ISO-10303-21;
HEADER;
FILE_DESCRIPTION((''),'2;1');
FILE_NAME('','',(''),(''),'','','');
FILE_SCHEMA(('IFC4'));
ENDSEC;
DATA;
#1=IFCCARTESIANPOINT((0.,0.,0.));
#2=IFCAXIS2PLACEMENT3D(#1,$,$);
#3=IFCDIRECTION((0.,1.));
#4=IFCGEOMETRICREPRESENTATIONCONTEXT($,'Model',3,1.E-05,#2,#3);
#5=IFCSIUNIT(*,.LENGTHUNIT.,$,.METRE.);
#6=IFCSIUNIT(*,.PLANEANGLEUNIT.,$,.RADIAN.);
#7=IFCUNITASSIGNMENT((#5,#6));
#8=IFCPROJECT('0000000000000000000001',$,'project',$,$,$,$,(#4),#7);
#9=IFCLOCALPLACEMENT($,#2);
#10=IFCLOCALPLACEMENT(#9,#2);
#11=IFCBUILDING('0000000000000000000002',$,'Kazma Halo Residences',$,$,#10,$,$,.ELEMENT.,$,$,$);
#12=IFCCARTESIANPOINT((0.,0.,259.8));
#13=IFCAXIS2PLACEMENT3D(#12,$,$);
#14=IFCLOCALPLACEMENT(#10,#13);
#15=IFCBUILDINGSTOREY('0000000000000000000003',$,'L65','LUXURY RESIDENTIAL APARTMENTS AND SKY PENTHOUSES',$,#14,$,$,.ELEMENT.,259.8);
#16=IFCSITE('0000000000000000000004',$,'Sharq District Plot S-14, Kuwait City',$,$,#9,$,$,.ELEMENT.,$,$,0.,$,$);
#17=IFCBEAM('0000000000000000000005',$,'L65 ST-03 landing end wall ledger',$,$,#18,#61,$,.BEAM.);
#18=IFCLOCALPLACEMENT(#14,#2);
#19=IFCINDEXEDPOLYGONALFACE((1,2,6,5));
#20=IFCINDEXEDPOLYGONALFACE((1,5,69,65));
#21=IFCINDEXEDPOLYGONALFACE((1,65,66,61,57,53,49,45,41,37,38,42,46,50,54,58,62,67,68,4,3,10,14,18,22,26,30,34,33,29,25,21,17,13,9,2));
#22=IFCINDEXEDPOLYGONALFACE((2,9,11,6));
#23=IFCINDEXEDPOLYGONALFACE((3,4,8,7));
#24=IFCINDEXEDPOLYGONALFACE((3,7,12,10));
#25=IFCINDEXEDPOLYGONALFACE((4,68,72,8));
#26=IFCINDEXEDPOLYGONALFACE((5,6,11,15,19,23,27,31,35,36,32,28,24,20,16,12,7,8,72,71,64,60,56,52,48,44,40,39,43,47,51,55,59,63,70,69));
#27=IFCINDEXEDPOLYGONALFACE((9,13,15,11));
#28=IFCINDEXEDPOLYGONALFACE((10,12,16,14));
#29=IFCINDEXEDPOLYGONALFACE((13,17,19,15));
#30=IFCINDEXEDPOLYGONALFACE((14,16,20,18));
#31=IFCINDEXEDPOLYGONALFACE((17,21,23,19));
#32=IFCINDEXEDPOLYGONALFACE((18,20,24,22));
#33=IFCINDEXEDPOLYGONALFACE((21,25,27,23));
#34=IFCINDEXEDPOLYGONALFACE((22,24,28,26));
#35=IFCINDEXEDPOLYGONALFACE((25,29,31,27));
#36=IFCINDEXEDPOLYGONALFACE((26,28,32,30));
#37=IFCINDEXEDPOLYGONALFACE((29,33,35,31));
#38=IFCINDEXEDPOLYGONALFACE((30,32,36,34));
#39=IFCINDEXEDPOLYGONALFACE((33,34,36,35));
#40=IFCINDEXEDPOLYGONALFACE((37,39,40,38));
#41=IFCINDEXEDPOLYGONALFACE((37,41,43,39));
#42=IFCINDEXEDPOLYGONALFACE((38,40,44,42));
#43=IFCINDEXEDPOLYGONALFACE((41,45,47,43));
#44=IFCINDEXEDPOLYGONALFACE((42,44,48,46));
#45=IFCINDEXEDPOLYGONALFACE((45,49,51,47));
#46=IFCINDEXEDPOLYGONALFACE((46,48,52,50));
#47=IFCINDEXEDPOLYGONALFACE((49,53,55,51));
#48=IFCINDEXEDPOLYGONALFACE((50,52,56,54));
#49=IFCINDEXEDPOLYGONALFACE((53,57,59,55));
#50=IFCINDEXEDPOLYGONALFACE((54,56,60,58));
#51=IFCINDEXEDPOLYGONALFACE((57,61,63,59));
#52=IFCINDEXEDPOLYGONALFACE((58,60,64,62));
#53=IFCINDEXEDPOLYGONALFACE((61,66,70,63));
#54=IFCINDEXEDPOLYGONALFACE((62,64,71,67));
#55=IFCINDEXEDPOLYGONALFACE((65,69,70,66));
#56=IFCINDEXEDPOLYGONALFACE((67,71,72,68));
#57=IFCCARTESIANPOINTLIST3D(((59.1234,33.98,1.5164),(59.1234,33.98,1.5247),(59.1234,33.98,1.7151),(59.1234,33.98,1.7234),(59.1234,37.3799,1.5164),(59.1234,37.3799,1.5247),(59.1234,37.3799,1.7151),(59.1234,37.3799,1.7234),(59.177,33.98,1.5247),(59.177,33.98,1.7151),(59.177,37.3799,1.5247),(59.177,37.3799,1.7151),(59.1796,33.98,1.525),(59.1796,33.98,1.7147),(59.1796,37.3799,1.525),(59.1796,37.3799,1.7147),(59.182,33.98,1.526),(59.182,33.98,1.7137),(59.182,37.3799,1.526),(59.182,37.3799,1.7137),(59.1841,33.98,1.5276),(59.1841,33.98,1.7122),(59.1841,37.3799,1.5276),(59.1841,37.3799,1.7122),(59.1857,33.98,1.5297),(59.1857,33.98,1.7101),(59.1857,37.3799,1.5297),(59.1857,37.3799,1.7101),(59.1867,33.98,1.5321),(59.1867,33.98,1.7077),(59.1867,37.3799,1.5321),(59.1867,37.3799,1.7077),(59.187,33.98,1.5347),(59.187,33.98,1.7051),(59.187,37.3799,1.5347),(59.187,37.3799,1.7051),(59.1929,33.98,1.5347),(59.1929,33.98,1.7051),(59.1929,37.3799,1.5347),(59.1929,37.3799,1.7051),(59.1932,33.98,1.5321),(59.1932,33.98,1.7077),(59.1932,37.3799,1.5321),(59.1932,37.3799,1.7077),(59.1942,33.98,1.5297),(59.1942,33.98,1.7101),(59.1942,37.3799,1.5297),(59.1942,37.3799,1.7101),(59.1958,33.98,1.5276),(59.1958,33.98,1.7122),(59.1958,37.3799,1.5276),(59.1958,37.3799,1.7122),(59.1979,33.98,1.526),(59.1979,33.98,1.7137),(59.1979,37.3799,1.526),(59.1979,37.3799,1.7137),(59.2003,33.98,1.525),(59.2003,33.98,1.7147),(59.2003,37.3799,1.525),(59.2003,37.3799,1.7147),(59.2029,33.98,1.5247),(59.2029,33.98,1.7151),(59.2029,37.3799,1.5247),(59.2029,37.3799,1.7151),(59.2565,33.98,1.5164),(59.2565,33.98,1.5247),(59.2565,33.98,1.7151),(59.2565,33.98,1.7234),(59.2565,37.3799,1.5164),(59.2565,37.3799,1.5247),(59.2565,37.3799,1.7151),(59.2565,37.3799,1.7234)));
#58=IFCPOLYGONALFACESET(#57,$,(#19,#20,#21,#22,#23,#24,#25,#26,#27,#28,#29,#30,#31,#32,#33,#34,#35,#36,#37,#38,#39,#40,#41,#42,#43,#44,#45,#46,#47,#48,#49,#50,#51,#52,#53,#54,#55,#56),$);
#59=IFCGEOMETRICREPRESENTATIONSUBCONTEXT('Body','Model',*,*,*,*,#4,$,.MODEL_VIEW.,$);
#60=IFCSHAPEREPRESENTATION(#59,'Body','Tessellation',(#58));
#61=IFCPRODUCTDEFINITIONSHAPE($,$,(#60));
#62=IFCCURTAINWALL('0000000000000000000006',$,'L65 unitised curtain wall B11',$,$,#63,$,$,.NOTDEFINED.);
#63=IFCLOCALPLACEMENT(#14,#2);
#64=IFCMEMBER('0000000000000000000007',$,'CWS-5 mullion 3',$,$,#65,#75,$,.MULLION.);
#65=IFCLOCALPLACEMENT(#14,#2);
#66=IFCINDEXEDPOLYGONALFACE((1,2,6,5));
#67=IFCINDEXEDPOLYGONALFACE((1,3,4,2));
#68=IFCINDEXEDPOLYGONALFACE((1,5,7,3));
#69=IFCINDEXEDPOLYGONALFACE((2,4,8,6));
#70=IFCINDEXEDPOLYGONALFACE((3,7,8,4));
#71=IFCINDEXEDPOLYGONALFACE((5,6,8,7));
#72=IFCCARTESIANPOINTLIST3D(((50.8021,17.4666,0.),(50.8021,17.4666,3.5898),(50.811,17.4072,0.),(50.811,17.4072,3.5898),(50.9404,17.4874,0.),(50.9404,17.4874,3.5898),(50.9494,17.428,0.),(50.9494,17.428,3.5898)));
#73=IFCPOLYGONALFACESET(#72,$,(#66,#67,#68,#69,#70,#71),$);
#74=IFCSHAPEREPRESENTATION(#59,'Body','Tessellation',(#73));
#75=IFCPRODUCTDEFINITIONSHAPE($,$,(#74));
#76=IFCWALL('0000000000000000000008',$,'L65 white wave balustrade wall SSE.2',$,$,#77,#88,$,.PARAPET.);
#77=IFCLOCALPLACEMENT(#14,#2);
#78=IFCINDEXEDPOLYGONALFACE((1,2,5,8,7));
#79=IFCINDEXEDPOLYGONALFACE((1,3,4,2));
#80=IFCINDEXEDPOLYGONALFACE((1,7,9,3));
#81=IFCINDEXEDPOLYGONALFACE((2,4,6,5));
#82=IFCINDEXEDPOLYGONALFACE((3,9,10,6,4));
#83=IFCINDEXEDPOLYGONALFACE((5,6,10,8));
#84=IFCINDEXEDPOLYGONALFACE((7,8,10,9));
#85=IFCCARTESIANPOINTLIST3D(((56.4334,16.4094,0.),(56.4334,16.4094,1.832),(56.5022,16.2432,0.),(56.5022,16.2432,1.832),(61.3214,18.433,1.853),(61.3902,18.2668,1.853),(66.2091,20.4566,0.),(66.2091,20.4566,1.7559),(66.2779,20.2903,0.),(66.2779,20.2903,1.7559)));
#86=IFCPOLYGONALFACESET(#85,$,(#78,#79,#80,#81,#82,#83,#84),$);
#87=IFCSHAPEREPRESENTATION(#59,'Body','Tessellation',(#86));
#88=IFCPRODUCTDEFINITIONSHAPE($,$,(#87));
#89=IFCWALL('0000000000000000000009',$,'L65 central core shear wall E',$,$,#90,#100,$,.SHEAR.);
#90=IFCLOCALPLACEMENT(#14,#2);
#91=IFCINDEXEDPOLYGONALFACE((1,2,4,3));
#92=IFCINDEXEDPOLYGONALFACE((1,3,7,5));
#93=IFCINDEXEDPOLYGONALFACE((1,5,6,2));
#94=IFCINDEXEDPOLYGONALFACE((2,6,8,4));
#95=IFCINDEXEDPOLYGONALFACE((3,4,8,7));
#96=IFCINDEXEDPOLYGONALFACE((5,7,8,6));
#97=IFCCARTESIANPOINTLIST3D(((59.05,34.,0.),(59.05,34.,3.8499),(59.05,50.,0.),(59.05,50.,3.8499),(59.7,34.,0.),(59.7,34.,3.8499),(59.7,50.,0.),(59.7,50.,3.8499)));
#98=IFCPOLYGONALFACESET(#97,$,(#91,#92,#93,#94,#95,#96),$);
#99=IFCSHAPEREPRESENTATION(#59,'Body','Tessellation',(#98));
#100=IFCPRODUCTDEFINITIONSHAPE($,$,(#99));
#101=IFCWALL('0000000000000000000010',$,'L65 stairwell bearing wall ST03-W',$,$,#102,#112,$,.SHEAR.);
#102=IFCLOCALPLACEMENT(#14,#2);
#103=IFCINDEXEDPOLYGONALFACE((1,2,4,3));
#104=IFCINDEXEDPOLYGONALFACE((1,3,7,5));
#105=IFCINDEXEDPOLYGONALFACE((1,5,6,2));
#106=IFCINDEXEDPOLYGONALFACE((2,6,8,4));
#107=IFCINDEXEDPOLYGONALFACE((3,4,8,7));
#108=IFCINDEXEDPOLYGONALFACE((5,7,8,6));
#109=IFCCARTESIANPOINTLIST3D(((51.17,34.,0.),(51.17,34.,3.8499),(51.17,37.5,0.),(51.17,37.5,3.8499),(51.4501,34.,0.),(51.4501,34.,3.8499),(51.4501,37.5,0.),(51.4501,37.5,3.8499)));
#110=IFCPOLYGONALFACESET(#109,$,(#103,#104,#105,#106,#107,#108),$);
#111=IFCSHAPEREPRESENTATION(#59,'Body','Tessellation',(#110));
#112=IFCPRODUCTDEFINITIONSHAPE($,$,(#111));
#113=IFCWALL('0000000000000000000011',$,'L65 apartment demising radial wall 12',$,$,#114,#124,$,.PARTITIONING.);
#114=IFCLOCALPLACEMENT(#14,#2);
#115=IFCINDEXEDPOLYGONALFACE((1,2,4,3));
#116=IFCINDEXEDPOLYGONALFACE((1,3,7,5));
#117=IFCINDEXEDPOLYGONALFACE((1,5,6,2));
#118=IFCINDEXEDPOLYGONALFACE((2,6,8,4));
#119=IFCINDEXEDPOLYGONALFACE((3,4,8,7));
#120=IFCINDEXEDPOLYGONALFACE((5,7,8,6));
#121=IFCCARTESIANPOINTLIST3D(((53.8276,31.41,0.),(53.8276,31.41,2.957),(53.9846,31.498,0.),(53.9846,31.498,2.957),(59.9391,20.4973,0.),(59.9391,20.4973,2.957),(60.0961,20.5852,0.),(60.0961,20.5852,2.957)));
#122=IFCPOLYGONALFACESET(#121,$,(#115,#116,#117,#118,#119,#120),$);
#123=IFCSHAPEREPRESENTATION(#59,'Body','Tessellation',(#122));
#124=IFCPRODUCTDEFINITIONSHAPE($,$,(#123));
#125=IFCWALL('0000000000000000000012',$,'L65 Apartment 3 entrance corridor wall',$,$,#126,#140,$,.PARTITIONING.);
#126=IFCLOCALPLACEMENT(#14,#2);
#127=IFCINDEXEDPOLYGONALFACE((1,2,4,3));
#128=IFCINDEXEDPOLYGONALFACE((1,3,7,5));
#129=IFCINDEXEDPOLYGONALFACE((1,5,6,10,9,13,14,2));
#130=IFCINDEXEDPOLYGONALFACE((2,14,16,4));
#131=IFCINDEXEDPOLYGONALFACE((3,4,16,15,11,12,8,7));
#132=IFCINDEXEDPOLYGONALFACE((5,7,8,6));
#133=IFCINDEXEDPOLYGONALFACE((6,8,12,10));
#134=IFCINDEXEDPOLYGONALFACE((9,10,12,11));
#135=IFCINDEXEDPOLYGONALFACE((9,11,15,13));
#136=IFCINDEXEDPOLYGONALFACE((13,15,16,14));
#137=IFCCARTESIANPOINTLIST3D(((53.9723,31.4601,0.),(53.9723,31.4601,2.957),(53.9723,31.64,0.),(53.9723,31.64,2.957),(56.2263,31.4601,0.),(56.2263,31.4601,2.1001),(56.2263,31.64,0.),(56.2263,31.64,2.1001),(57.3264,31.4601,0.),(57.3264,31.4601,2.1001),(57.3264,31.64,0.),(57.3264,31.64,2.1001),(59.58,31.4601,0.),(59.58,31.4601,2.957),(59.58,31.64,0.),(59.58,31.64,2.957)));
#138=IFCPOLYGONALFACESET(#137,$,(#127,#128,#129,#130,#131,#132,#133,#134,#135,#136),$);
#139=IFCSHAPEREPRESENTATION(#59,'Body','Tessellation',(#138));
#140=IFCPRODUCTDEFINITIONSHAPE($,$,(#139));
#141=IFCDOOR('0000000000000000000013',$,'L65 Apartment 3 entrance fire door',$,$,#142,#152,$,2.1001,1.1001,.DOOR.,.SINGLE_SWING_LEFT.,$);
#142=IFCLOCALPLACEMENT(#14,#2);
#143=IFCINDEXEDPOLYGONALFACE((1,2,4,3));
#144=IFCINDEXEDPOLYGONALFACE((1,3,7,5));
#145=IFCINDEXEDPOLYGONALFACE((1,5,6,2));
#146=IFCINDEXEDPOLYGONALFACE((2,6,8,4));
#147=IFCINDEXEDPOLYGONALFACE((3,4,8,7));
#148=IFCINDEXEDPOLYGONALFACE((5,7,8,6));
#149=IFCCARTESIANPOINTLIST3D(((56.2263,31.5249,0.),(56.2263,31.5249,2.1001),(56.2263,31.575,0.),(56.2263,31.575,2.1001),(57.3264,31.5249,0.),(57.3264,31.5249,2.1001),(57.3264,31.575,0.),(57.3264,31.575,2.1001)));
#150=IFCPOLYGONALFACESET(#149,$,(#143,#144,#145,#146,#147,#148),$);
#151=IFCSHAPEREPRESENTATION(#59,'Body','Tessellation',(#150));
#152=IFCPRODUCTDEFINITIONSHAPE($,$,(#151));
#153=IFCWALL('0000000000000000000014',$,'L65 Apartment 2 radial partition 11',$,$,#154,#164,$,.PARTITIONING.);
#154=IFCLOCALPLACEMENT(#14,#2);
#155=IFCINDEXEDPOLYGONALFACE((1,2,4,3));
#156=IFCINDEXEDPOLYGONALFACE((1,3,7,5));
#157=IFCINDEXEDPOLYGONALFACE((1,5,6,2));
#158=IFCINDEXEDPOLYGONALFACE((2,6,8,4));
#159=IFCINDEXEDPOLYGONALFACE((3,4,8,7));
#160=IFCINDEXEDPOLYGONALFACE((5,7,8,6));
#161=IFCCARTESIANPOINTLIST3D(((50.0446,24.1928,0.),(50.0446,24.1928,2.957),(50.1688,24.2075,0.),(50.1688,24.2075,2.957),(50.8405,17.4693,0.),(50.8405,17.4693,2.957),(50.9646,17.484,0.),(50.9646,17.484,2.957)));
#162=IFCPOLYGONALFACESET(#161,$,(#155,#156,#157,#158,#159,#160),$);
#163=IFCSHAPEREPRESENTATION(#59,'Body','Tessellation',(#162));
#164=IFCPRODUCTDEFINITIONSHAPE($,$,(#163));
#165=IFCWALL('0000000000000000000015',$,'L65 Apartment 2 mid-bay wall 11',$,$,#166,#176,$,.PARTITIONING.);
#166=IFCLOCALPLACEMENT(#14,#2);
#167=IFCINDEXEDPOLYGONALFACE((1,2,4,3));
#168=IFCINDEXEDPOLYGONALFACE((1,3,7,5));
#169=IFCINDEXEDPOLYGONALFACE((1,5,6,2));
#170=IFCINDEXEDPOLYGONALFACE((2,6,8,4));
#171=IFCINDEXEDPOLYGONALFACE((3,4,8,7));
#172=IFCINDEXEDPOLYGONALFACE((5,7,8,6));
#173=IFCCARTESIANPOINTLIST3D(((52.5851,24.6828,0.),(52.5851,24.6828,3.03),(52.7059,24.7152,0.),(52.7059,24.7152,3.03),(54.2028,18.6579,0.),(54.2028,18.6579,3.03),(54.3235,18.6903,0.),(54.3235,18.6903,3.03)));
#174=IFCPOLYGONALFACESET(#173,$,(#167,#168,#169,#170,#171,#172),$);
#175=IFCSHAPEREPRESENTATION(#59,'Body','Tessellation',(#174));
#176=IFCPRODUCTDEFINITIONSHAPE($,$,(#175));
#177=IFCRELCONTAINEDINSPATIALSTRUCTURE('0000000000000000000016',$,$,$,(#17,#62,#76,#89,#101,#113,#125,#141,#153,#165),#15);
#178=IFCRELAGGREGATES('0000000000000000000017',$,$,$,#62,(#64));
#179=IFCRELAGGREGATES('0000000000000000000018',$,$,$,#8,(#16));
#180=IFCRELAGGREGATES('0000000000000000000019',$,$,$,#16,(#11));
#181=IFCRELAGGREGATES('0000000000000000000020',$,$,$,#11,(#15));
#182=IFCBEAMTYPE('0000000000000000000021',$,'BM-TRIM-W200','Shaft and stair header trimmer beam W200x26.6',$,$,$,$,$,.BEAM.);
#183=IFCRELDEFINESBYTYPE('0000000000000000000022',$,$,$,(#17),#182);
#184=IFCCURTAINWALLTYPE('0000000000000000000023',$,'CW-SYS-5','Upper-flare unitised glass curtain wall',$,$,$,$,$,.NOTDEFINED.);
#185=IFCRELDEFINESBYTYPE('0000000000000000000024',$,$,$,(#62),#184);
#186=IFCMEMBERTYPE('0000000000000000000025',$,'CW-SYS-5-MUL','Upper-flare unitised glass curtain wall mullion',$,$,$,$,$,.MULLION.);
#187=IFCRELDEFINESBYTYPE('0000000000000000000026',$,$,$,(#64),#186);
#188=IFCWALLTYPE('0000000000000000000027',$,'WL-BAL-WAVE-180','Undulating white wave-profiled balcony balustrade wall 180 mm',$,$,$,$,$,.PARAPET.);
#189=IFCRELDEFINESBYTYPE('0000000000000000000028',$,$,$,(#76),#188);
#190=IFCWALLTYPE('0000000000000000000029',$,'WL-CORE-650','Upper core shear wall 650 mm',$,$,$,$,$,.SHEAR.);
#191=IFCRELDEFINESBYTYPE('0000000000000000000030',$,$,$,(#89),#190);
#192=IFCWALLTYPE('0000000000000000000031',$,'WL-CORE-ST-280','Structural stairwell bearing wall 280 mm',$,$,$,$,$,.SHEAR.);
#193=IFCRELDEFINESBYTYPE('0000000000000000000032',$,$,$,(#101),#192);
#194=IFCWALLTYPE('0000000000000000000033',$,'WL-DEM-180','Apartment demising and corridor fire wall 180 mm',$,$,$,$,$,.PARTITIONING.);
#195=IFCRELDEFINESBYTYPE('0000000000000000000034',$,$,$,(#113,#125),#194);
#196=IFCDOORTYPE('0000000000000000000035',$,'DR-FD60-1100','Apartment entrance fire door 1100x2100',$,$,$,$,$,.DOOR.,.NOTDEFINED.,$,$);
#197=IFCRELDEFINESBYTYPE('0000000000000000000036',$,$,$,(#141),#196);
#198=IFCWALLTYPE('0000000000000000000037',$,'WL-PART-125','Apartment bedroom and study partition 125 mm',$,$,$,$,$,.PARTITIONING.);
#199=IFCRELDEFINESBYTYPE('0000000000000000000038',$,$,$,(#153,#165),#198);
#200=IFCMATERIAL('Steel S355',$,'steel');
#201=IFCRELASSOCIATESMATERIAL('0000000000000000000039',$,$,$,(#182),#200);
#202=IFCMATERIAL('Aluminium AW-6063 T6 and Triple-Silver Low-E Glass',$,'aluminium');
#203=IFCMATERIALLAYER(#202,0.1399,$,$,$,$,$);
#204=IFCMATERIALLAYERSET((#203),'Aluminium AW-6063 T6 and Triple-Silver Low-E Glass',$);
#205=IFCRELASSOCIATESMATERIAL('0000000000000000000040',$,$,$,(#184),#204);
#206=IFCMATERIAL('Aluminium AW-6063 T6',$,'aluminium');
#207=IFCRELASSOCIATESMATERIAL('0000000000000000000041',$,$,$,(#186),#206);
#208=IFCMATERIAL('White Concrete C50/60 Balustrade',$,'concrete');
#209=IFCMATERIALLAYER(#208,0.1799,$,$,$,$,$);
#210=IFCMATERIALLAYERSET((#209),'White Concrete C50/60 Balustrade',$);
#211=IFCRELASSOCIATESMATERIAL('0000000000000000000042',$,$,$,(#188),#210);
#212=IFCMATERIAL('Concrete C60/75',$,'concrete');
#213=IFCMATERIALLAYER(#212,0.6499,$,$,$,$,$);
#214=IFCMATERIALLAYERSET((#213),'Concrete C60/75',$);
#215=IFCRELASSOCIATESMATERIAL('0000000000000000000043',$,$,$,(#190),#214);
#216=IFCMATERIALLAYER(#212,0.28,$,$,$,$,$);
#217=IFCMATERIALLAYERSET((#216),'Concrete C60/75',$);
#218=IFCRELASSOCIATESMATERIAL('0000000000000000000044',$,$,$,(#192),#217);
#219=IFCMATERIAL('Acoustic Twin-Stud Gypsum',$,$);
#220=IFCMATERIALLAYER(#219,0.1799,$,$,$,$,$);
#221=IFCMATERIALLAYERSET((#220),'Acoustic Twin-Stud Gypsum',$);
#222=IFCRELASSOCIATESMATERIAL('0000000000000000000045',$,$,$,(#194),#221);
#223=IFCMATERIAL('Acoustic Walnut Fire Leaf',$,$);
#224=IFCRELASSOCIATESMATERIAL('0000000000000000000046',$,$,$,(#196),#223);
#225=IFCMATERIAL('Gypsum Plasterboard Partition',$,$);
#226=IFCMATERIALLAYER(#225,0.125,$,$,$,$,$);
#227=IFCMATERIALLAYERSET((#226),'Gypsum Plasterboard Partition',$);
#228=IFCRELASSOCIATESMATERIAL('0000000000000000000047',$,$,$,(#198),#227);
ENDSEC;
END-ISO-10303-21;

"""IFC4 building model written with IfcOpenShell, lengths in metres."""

from ifc_helpers import new_model, si_unit, direction, frame, frame_2d, origin, origin_2d, place, context, subcontext, project, spatial, polyline, rectangle, i_section, outline, extrude, material, layer, layer_set, material_profile, profile_set, type_object, element, fill, aggregate, save


model = new_model("IFC4")

# Units and contexts
model_context = context("Model", 3, precision=1e-05, world=origin(), true_north=direction((0.0, 1.0)))
body_context = subcontext(model_context, "Body", "Model", "MODEL_VIEW")
ifc_project = project(units=[si_unit("LENGTHUNIT", "METRE"), si_unit("PLANEANGLEUNIT", "RADIAN")], contexts=[model_context])

# Site, building, storey
site_placement = place(None, origin())
site = spatial("IfcSite", under=ifc_project, at=site_placement, Name="Sharq District Plot S-14, Kuwait City", CompositionType="ELEMENT", RefElevation=0.0)
building_placement = place(site_placement, origin())
building = spatial("IfcBuilding", under=site, at=building_placement, Name="Kazma Halo Residences", CompositionType="ELEMENT")
storey_placement = place(building_placement, frame((0.0, 0.0, 259.8)))
storey = spatial("IfcBuildingStorey", under=building, at=storey_placement, Name="L65", Description="LUXURY RESIDENTIAL APARTMENTS AND SKY PENTHOUSES", CompositionType="ELEMENT", Elevation=259.8)

# Shared definitions
ifc_material_1 = material(Name="Concrete C60/75", Category="concrete")

# Beam
ifc_material_2 = material(Name="Steel S355", Category="steel")
ifc_material_profile_1 = material_profile(ifc_material_2, i_section(OverallWidth=0.1331, OverallDepth=0.207, WebThickness=0.0059, FlangeThickness=0.0083, FilletRadius=0.01, at=origin_2d()), Name="W200x26.6")
ifc_profile_set_1 = profile_set([ifc_material_profile_1], Name="Steel S355")
beam_type_1 = type_object("IfcBeamType", Name="BM-TRIM-W200", Description="Shaft and stair header trimmer beam W200x26.6", PredefinedType="BEAM", material=ifc_profile_set_1)
beam_1_placement = place(storey_placement, frame((59.1899, 33.98, 1.6199), z_axis=(0.0, 1.0, 0.0), x_axis=(-1.0, 0.0, 0.0)))
element("IfcBeam", 1, at=beam_1_placement, inside=storey, type_object=beam_type_1, Name="L65 ST-03 landing end wall ledger", PredefinedType="BEAM", context=body_context, shape_type="SweptSolid", body=[
    extrude(i_section(OverallWidth=0.1331, OverallDepth=0.207, WebThickness=0.0059, FlangeThickness=0.0083, FilletRadius=0.01, at=origin_2d()), origin(), (0.0, 0.0, 1.0), 3.3999),
])

# Curtain wall, member
ifc_material_3 = material(Name="Aluminium AW-6063 T6 and Triple-Silver Low-E Glass", Category="aluminium")
ifc_layer_1 = layer(ifc_material_3, 0.1399)
ifc_layer_set_1 = layer_set([ifc_layer_1], Name="Aluminium AW-6063 T6 and Triple-Silver Low-E Glass")
curtain_wall_type = type_object("IfcCurtainWallType", Name="CW-SYS-5", Description="Upper-flare unitised glass curtain wall", PredefinedType="NOTDEFINED", material=ifc_layer_set_1)
curtain_wall_placement = place(storey_placement, origin())
curtain_wall = element("IfcCurtainWall", 2, at=curtain_wall_placement, inside=storey, type_object=curtain_wall_type, Name="L65 unitised curtain wall B11", PredefinedType="NOTDEFINED")
ifc_material_4 = material(Name="Aluminium AW-6063 T6", Category="aluminium")
ifc_material_profile_2 = material_profile(ifc_material_4, rectangle(XDim=0.0601, YDim=0.1399, at=origin_2d()), Name="CWM-60x140")
ifc_profile_set_2 = profile_set([ifc_material_profile_2], Name="Aluminium AW-6063 T6")
member_type = type_object("IfcMemberType", Name="CW-SYS-5-MUL", Description="Upper-flare unitised glass curtain wall mullion", PredefinedType="MULLION", material=ifc_profile_set_2)
member_placement = place(storey_placement, frame((50.8757, 17.4473, 0.0), z_axis=(0.0, 0.0, 1.0), x_axis=(-0.148697, 0.988883, 0.0)))
member = element("IfcMember", 3, at=member_placement, type_object=member_type, Name="CWS-5 mullion 3", PredefinedType="MULLION", context=body_context, shape_type="SweptSolid", body=[
    extrude(rectangle(XDim=0.0601, YDim=0.1399, at=origin_2d()), origin(), (0.0, 0.0, 1.0), 3.5898),
])
aggregate(curtain_wall, [member])

# Walls
ifc_material_5 = material(Name="White Concrete C50/60 Balustrade", Category="concrete")
ifc_layer_2 = layer(ifc_material_5, 0.1799)
ifc_layer_set_2 = layer_set([ifc_layer_2], Name="White Concrete C50/60 Balustrade")
wall_type_1 = type_object("IfcWallType", Name="WL-BAL-WAVE-180", Description="Undulating white wave-profiled balcony balustrade wall 180 mm", PredefinedType="PARAPET", material=ifc_layer_set_2)
wall_1_placement = place(storey_placement, frame((56.4678, 16.3264, 0.0), z_axis=(0.0, 0.0, 1.0), x_axis=(0.923949, 0.382516, 0.0)))
element("IfcWall", 4, at=wall_1_placement, inside=storey, type_object=wall_type_1, Name="L65 white wave balustrade wall SSE.2", PredefinedType="PARAPET", context=body_context, shape_type="SweptSolid", body=[
    extrude(outline(polyline([(0.0, 0.0), (10.5803, 0.0), (10.5803, 1.7559), (5.2903, 1.853), (0.0, 1.832), (0.0, 0.0)])), frame((0.0, 0.0898, 0.0), z_axis=(0.0, -1.0, 0.0), x_axis=(1.0, 0.0, 0.0)), (0.0, 0.0, 1.0), 0.1799),
])
ifc_layer_3 = layer(ifc_material_1, 0.6499)
ifc_layer_set_3 = layer_set([ifc_layer_3], Name="Concrete C60/75")
wall_type_2 = type_object("IfcWallType", Name="WL-CORE-650", Description="Upper core shear wall 650 mm", PredefinedType="SHEAR", material=ifc_layer_set_3)
wall_2_placement = place(storey_placement, frame((59.375, 34.0, 0.0), z_axis=(0.0, 0.0, 1.0), x_axis=(0.0, 1.0, 0.0)))
element("IfcWall", 5, at=wall_2_placement, inside=storey, type_object=wall_type_2, Name="L65 central core shear wall E", PredefinedType="SHEAR", context=body_context, shape_type="SweptSolid", body=[
    extrude(rectangle(XDim=16.0, YDim=0.6499, at=frame_2d((8.0, 0.0))), origin(), (0.0, 0.0, 1.0), 3.8499),
])
ifc_layer_4 = layer(ifc_material_1, 0.28)
ifc_layer_set_4 = layer_set([ifc_layer_4], Name="Concrete C60/75")
wall_type_3 = type_object("IfcWallType", Name="WL-CORE-ST-280", Description="Structural stairwell bearing wall 280 mm", PredefinedType="SHEAR", material=ifc_layer_set_4)
wall_3_placement = place(storey_placement, frame((51.3101, 34.0, 0.0), z_axis=(0.0, 0.0, 1.0), x_axis=(0.0, 1.0, 0.0)))
element("IfcWall", 6, at=wall_3_placement, inside=storey, type_object=wall_type_3, Name="L65 stairwell bearing wall ST03-W", PredefinedType="SHEAR", context=body_context, shape_type="SweptSolid", body=[
    extrude(rectangle(XDim=3.5, YDim=0.28, at=frame_2d((1.75, 0.0))), origin(), (0.0, 0.0, 1.0), 3.8499),
])
ifc_material_6 = material(Name="Acoustic Twin-Stud Gypsum")
ifc_layer_5 = layer(ifc_material_6, 0.1799)
ifc_layer_set_5 = layer_set([ifc_layer_5], Name="Acoustic Twin-Stud Gypsum")
wall_type_4 = type_object("IfcWallType", Name="WL-DEM-180", Description="Apartment demising and corridor fire wall 180 mm", PredefinedType="PARTITIONING", material=ifc_layer_set_5)
wall_4_placement = place(storey_placement, frame((53.906, 31.4541, 0.0), z_axis=(0.0, 0.0, 1.0), x_axis=(0.488627, -0.872493, 0.0)))
element("IfcWall", 7, at=wall_4_placement, inside=storey, type_object=wall_type_4, Name="L65 apartment demising radial wall 12", PredefinedType="PARTITIONING", context=body_context, shape_type="SweptSolid", body=[
    extrude(rectangle(XDim=12.5076, YDim=0.1799, at=frame_2d((6.2539, 0.0))), origin(), (0.0, 0.0, 1.0), 2.957),
])

# Wall, opening, door
wall_5_placement = place(storey_placement, frame((53.9724, 31.55, 0.0), z_axis=(0.0, 0.0, 1.0), x_axis=(1.0, 0.0, 0.0)))
wall_5 = element("IfcWall", 8, at=wall_5_placement, inside=storey, type_object=wall_type_4, Name="L65 Apartment 3 entrance corridor wall", PredefinedType="PARTITIONING", context=body_context, shape_type="SweptSolid", body=[
    extrude(rectangle(XDim=5.6077, YDim=0.1799, at=frame_2d((2.8037, 0.0))), origin(), (0.0, 0.0, 1.0), 2.957),
])
opening_1_placement = place(wall_5_placement, frame((2.2539, 0.0, 0.0)))
opening_1 = element("IfcOpeningElement", 9, at=opening_1_placement, cuts=wall_5, PredefinedType="OPENING", context=body_context, shape_type="SweptSolid", body=[
    extrude(rectangle(XDim=1.1001, YDim=2.1001, at=frame_2d((0.55, 1.05))), frame((0.0, 0.0999, 0.0), z_axis=(0.0, -1.0, 0.0), x_axis=(1.0, 0.0, 0.0)), (0.0, 0.0, 1.0), 0.2),
])
ifc_material_7 = material(Name="Acoustic Walnut Fire Leaf")
door_type_1 = type_object("IfcDoorType", Name="DR-FD60-1100", Description="Apartment entrance fire door 1100x2100", OperationType="NOTDEFINED", PredefinedType="DOOR", material=ifc_material_7)
door_1_placement = place(opening_1_placement, origin())
door_1 = element("IfcDoor", 10, at=door_1_placement, inside=storey, type_object=door_type_1, Name="L65 Apartment 3 entrance fire door", OperationType="SINGLE_SWING_LEFT", OverallHeight=2.1001, OverallWidth=1.1001, PredefinedType="DOOR", context=body_context, shape_type="SweptSolid", body=[
    extrude(rectangle(XDim=1.1001, YDim=2.1001, at=frame_2d((0.55, 1.05))), frame((0.0, 0.0249, 0.0), z_axis=(0.0, -1.0, 0.0), x_axis=(1.0, 0.0, 0.0)), (0.0, 0.0, 1.0), 0.05),
])
fill(opening_1, door_1)

# Walls
ifc_material_8 = material(Name="Gypsum Plasterboard Partition")
ifc_layer_6 = layer(ifc_material_8, 0.125)
ifc_layer_set_6 = layer_set([ifc_layer_6], Name="Gypsum Plasterboard Partition")
wall_type_5 = type_object("IfcWallType", Name="WL-PART-125", Description="Apartment bedroom and study partition 125 mm", PredefinedType="PARTITIONING", material=ifc_layer_set_6)
wall_6_placement = place(storey_placement, frame((50.1067, 24.2002, 0.0), z_axis=(0.0, 0.0, 1.0), x_axis=(0.117553, -0.993067, 0.0)))
element("IfcWall", 11, at=wall_6_placement, inside=storey, type_object=wall_type_5, Name="L65 Apartment 2 radial partition 11", PredefinedType="PARTITIONING", context=body_context, shape_type="SweptSolid", body=[
    extrude(rectangle(XDim=6.7705, YDim=0.125, at=frame_2d((3.3853, 0.0))), origin(), (0.0, 0.0, 1.0), 2.957),
])
wall_7_placement = place(storey_placement, frame((52.6455, 24.699, 0.0), z_axis=(0.0, 0.0, 1.0), x_axis=(0.259314, -0.965793, 0.0)))
element("IfcWall", 12, at=wall_7_placement, inside=storey, type_object=wall_type_5, Name="L65 Apartment 2 mid-bay wall 11", PredefinedType="PARTITIONING", context=body_context, shape_type="SweptSolid", body=[
    extrude(rectangle(XDim=6.2383, YDim=0.125, at=frame_2d((3.1191, 0.0))), origin(), (0.0, 0.0, 1.0), 3.03),
])

save(model, "model.ifc")
